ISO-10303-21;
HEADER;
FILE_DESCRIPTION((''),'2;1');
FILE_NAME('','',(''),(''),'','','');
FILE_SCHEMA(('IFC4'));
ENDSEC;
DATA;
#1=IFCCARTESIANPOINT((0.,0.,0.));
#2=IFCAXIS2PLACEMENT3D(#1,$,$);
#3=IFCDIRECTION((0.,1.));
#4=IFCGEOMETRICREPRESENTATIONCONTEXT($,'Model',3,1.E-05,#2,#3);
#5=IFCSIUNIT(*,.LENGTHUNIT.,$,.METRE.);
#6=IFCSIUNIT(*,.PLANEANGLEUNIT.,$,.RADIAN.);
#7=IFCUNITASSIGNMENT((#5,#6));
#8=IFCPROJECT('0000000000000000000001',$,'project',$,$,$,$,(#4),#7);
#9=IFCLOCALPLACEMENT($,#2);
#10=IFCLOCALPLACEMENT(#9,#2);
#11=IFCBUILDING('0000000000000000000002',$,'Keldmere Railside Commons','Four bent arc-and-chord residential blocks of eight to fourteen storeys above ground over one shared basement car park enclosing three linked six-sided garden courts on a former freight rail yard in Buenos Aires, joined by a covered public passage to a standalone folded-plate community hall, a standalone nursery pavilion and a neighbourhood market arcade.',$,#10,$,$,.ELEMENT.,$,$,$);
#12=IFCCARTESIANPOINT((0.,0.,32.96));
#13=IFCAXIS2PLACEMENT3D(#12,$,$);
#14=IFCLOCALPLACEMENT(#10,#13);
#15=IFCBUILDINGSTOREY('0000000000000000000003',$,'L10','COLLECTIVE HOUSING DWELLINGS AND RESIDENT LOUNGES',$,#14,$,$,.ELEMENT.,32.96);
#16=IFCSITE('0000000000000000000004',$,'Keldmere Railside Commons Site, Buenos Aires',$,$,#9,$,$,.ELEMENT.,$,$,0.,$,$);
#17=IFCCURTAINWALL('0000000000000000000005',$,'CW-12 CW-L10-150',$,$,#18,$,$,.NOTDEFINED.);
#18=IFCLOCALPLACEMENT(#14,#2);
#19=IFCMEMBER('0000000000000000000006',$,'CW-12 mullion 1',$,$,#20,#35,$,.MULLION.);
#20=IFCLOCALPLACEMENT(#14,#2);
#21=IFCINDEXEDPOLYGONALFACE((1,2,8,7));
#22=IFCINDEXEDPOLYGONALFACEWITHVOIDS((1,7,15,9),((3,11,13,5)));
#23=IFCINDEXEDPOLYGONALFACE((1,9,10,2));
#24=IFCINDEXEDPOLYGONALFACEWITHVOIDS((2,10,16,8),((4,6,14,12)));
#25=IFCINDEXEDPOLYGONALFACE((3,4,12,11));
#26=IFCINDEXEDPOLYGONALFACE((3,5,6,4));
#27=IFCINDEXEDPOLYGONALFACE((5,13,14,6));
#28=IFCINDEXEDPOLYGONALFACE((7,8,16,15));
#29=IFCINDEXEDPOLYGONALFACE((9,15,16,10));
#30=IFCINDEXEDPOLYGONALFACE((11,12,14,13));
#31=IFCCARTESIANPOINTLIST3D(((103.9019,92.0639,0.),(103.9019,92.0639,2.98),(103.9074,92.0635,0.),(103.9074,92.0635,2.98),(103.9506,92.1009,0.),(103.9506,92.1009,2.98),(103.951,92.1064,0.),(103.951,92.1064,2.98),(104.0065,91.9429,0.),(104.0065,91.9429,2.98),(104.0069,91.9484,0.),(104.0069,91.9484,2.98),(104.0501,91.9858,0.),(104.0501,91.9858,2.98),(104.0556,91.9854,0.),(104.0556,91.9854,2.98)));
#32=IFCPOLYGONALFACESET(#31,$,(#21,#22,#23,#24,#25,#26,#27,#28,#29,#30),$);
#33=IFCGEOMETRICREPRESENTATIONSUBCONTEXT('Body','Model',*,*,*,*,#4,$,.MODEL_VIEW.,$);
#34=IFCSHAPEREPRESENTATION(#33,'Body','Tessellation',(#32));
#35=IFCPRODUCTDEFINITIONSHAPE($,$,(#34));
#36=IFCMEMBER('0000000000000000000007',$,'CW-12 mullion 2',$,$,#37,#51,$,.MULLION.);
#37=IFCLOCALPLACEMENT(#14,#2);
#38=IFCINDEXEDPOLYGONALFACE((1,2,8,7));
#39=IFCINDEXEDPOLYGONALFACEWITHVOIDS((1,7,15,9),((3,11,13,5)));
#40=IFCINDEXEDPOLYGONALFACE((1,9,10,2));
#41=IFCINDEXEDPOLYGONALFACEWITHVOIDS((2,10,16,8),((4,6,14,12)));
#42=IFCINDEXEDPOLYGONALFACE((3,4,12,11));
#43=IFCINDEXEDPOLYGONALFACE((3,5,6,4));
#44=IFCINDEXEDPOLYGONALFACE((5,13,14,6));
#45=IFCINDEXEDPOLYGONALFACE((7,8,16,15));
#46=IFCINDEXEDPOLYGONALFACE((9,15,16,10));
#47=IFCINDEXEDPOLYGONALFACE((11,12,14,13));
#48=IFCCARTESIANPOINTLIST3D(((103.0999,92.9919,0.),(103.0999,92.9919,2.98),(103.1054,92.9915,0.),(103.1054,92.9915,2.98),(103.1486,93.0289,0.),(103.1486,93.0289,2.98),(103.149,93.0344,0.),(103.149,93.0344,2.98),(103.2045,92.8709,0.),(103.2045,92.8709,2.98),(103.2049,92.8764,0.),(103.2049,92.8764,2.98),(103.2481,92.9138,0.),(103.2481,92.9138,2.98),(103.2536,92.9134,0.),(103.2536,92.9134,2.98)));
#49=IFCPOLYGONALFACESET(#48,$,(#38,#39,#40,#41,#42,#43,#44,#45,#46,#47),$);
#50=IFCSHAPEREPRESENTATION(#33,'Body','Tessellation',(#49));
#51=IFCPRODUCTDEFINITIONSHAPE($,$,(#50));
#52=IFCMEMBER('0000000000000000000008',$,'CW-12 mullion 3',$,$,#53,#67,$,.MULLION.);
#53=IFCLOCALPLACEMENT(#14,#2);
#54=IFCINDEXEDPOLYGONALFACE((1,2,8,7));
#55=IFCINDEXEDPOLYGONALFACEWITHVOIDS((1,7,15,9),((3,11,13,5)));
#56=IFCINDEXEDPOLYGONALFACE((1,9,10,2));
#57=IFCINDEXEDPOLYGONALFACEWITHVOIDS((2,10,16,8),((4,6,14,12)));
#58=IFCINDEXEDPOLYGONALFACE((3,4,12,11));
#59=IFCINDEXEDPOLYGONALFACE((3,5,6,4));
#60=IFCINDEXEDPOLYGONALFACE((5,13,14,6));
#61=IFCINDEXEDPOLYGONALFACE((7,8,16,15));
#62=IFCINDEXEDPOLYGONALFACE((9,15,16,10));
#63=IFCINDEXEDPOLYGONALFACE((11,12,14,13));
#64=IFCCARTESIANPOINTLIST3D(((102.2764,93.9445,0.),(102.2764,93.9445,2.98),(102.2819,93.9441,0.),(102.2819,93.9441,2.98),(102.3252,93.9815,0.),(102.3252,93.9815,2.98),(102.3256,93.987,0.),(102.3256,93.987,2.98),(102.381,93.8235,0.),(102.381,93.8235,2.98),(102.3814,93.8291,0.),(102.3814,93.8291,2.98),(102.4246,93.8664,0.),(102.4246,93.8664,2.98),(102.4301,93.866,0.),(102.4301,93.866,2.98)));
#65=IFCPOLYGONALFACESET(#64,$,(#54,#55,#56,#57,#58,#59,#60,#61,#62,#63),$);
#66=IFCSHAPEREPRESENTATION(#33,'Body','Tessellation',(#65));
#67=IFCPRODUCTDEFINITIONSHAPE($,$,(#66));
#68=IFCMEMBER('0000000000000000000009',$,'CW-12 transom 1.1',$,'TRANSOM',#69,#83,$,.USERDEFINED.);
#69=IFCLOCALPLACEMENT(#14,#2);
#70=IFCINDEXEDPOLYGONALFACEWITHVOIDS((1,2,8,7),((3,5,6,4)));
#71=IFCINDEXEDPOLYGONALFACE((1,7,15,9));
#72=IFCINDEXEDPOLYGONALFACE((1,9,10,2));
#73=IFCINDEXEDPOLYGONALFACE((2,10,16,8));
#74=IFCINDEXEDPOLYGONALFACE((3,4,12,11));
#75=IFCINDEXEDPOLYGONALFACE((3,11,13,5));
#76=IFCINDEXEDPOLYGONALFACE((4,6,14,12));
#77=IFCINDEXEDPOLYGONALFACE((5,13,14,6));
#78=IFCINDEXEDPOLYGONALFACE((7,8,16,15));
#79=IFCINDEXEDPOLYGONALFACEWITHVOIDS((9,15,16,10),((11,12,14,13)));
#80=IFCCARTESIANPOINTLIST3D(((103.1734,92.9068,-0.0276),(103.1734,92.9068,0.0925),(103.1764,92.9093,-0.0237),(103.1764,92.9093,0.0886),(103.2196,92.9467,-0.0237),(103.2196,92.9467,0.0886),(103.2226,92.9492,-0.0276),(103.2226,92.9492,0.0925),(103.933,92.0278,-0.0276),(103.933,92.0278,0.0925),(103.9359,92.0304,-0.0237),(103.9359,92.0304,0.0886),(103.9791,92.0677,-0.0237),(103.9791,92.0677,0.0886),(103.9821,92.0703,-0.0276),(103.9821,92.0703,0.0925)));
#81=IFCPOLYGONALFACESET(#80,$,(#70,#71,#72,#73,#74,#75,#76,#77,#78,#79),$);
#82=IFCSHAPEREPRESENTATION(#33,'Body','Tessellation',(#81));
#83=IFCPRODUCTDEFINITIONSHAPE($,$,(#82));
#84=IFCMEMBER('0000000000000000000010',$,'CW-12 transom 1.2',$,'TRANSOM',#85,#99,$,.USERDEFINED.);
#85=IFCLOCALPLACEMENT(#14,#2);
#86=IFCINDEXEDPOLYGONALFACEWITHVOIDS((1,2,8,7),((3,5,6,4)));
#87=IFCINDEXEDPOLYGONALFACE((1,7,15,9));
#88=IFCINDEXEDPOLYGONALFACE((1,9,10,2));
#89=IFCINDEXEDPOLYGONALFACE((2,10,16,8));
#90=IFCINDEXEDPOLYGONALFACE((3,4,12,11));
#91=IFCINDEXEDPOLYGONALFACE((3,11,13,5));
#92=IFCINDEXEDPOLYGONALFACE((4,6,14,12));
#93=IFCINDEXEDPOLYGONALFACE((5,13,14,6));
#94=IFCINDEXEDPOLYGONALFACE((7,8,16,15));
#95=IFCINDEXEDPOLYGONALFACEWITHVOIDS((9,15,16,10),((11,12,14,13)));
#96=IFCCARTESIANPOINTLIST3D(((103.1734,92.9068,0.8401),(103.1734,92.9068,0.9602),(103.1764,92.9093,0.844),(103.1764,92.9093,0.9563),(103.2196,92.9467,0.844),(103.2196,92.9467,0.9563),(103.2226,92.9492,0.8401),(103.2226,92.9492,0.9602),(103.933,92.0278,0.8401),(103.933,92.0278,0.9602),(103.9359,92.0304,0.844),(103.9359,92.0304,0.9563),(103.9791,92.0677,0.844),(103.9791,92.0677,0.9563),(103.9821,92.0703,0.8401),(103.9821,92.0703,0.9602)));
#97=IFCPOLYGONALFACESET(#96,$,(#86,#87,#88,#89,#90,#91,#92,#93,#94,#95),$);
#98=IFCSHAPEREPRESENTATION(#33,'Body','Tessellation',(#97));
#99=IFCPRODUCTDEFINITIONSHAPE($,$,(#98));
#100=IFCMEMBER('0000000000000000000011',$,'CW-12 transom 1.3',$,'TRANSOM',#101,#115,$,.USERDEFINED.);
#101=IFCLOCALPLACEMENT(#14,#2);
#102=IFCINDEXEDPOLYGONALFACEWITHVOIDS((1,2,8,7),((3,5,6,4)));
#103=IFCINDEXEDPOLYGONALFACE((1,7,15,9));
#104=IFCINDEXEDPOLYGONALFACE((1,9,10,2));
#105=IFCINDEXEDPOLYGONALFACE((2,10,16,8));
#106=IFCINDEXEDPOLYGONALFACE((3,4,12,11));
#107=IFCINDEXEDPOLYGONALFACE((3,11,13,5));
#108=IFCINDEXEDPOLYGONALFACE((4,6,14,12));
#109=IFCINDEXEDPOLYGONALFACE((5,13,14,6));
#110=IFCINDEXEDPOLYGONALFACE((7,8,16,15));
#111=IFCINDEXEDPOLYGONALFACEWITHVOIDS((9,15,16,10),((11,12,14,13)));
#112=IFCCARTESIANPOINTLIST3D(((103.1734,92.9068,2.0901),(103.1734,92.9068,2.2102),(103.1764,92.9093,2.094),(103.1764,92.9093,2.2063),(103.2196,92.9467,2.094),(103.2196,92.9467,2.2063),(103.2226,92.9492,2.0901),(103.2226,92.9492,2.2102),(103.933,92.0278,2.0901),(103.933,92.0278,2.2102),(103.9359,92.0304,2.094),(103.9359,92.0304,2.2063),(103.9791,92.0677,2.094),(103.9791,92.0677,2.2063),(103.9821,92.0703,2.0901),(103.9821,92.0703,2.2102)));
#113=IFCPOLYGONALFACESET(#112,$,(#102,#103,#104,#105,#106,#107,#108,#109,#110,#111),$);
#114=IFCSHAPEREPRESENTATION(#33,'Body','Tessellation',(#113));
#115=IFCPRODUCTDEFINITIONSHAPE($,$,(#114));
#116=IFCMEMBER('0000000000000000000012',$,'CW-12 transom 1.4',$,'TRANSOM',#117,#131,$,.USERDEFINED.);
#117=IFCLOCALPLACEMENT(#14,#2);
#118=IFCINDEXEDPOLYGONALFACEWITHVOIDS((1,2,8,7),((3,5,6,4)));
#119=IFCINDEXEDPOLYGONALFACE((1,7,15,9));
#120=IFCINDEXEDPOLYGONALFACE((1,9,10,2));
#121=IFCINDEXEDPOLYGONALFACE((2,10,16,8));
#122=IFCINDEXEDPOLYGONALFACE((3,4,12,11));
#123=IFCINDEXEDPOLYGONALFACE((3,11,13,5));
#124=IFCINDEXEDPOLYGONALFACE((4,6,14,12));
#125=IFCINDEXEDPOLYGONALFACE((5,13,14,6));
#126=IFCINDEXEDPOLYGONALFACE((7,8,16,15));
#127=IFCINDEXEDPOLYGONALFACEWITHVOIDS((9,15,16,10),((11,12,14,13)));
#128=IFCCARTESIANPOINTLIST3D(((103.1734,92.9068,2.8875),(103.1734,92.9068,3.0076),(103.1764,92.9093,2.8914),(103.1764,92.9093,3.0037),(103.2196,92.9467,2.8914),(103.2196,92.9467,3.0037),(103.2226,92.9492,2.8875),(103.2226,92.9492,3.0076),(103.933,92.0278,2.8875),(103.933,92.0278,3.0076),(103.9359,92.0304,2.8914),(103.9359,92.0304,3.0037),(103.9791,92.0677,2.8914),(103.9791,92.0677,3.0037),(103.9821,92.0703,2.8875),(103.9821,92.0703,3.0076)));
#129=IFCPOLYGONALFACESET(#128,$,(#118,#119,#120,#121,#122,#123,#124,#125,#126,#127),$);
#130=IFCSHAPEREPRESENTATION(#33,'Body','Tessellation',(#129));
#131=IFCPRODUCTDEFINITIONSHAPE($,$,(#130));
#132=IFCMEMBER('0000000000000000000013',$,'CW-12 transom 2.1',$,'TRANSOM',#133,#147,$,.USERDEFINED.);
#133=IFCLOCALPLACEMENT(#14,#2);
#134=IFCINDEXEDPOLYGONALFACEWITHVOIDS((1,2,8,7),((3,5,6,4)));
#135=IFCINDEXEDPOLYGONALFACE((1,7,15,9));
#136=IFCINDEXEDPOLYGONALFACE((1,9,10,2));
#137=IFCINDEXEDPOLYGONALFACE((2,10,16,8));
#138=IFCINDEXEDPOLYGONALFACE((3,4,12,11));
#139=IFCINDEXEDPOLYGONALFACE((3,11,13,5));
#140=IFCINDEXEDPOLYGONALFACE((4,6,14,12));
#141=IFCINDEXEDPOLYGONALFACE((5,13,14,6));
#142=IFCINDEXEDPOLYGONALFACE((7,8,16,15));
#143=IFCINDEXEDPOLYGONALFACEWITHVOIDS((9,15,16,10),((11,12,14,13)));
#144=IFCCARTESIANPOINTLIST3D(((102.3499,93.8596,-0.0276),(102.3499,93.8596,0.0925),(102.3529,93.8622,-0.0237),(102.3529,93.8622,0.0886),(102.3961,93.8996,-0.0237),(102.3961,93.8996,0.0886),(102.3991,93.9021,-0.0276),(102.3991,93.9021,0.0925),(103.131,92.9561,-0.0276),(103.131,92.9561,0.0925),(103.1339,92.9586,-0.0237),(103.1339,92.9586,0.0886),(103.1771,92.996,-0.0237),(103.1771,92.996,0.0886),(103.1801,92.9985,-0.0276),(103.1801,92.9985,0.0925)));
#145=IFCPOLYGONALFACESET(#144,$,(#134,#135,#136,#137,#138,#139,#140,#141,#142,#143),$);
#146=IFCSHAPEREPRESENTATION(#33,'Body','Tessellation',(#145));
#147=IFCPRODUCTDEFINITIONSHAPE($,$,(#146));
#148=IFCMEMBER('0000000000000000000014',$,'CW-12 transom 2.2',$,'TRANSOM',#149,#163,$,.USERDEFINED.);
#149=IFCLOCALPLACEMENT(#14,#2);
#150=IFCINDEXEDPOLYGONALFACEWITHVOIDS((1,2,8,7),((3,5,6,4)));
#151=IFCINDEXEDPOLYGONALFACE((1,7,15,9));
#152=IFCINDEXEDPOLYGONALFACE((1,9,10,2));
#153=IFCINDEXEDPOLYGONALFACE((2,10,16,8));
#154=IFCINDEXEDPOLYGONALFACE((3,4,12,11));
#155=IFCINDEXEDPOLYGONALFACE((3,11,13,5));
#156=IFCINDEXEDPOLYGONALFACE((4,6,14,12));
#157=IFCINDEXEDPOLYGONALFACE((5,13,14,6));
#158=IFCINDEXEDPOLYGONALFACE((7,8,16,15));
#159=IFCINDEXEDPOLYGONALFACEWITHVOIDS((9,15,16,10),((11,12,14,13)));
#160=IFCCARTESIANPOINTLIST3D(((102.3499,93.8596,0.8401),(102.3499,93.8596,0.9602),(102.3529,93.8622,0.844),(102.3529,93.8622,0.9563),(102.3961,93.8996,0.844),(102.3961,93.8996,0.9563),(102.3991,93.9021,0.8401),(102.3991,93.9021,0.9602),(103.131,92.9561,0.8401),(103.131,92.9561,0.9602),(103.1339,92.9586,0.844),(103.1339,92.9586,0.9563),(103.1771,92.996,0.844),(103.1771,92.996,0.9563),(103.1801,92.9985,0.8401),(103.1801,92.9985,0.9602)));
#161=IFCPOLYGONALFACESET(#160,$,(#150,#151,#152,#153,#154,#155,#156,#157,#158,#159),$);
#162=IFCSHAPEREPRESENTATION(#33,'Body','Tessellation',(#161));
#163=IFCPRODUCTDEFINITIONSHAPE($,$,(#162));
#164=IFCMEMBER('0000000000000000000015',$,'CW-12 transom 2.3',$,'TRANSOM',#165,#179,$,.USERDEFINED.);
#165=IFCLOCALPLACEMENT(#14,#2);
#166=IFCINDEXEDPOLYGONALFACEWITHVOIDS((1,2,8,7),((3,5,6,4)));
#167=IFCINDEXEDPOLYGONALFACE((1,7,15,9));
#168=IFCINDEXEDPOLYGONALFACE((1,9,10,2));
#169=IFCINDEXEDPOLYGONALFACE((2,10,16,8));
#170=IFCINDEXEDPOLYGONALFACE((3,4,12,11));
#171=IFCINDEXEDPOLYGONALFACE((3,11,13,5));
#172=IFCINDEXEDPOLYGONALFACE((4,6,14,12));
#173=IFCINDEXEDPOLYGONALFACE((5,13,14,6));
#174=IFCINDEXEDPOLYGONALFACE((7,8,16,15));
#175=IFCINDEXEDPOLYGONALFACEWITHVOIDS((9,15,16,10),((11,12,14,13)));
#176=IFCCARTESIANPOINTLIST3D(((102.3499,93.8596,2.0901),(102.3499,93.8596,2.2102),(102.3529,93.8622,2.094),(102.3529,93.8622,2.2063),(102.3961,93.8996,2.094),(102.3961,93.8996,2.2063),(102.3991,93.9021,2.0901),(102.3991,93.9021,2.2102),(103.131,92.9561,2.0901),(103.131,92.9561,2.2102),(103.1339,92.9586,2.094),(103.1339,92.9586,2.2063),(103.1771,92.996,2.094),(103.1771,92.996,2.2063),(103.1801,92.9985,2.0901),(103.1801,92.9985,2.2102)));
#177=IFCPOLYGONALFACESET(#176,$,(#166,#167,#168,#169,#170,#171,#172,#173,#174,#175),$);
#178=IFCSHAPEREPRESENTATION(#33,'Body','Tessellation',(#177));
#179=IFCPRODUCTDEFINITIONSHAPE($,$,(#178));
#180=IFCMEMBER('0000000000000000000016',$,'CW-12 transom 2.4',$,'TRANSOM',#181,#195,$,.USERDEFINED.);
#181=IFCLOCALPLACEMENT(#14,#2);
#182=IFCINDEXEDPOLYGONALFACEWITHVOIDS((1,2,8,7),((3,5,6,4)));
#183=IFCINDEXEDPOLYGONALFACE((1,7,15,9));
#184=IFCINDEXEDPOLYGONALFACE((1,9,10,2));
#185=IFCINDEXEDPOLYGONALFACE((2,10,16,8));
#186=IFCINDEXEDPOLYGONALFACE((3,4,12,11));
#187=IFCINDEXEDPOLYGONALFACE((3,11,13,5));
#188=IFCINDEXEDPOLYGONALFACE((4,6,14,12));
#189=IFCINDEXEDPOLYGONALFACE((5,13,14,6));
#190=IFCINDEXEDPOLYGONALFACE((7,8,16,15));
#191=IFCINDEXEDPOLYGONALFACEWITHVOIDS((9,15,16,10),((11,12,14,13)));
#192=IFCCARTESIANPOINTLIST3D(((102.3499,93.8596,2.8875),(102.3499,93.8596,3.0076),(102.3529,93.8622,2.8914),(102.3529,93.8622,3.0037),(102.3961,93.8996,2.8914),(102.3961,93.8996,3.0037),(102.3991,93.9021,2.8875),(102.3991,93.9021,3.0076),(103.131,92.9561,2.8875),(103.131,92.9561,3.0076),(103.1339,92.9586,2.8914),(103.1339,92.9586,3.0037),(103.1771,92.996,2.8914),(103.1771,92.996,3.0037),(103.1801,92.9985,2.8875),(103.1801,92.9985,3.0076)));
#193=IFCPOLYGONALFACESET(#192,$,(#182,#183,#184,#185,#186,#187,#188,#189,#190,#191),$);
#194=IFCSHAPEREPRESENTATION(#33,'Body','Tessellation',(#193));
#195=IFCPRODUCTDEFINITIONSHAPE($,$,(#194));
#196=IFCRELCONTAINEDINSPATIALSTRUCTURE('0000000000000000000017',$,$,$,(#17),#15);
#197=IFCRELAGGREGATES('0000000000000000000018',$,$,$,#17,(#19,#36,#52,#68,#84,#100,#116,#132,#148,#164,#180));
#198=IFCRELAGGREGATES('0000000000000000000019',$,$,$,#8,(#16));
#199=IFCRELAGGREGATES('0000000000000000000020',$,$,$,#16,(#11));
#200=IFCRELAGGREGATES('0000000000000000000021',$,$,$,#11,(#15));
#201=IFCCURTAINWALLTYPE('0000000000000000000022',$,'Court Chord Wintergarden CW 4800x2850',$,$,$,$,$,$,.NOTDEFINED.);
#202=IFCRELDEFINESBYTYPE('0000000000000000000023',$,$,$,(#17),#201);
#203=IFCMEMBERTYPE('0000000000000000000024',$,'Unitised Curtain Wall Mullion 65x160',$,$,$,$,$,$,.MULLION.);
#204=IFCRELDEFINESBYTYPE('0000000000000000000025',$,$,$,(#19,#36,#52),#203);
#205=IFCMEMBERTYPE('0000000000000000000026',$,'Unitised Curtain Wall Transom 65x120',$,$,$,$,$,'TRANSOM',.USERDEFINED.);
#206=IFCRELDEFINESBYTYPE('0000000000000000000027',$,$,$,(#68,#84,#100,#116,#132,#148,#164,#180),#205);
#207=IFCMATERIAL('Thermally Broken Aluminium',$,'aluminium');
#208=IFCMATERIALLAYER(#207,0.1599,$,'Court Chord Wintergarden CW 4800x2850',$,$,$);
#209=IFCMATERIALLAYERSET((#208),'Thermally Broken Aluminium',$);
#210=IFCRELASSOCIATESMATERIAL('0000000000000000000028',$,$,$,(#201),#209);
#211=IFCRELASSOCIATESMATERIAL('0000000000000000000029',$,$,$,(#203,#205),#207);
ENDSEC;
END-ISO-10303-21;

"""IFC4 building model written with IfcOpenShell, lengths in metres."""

from ifc_helpers import new_model, si_unit, direction, frame, origin, origin_2d, place, context, subcontext, project, spatial, hollow_rectangle, extrude, material, layer, layer_set, material_profile, profile_set, type_object, element, aggregate, save


model = new_model("IFC4")

# Units and contexts
model_context = context("Model", 3, precision=1e-05, world=origin(), true_north=direction((0.0, 1.0)))
body_context = subcontext(model_context, "Body", "Model", "MODEL_VIEW")
ifc_project = project(units=[si_unit("LENGTHUNIT", "METRE"), si_unit("PLANEANGLEUNIT", "RADIAN")], contexts=[model_context])

# Site, building, storey
site_placement = place(None, origin())
site = spatial("IfcSite", under=ifc_project, at=site_placement, Name="Keldmere Railside Commons Site, Buenos Aires", CompositionType="ELEMENT", RefElevation=0.0)
building_placement = place(site_placement, origin())
building = spatial("IfcBuilding", under=site, at=building_placement, Name="Keldmere Railside Commons", Description="Four bent arc-and-chord residential blocks of eight to fourteen storeys above ground over one shared basement car park enclosing three linked six-sided garden courts on a former freight rail yard in Buenos Aires, joined by a covered public passage to a standalone folded-plate community hall, a standalone nursery pavilion and a neighbourhood market arcade.", CompositionType="ELEMENT")
storey_placement = place(building_placement, frame((0.0, 0.0, 32.96)))
storey = spatial("IfcBuildingStorey", under=building, at=storey_placement, Name="L10", Description="COLLECTIVE HOUSING DWELLINGS AND RESIDENT LOUNGES", CompositionType="ELEMENT", Elevation=32.96)

# Curtain wall, members
ifc_material_1 = material(Name="Thermally Broken Aluminium", Category="aluminium")
ifc_layer_1 = layer(ifc_material_1, 0.1599, Name="Court Chord Wintergarden CW 4800x2850")
ifc_layer_set_1 = layer_set([ifc_layer_1], Name="Thermally Broken Aluminium")
curtain_wall_type = type_object("IfcCurtainWallType", Name="Court Chord Wintergarden CW 4800x2850", PredefinedType="NOTDEFINED", material=ifc_layer_set_1)
curtain_wall_placement = place(storey_placement, origin())
curtain_wall = element("IfcCurtainWall", 1, at=curtain_wall_placement, inside=storey, type_object=curtain_wall_type, Name="CW-12 CW-L10-150", PredefinedType="NOTDEFINED")
ifc_material_profile_1 = material_profile(ifc_material_1, hollow_rectangle(XDim=0.0649, YDim=0.1599, WallThickness=0.0039, at=origin_2d()), Name="ALU-MULL-65x160")
ifc_profile_set_1 = profile_set([ifc_material_profile_1], Name="Thermally Broken Aluminium")
member_type_1 = type_object("IfcMemberType", Name="Unitised Curtain Wall Mullion 65x160", PredefinedType="MULLION", material=ifc_profile_set_1)
member_1_placement = place(storey_placement, frame((103.9788, 92.0247, 0.0), z_axis=(0.0, 0.0, 1.0), x_axis=(-0.756597, -0.653882, 0.0)))
member_1 = element("IfcMember", 2, at=member_1_placement, type_object=member_type_1, Name="CW-12 mullion 1", PredefinedType="MULLION", context=body_context, shape_type="SweptSolid", body=[
    extrude(hollow_rectangle(XDim=0.0649, YDim=0.1599, WallThickness=0.0039, at=origin_2d()), origin(), (0.0, 0.0, 1.0), 2.98),
])
member_2_placement = place(storey_placement, frame((103.1768, 92.9526, 0.0), z_axis=(0.0, 0.0, 1.0), x_axis=(-0.756597, -0.653882, 0.0)))
member_2 = element("IfcMember", 3, at=member_2_placement, type_object=member_type_1, Name="CW-12 mullion 2", PredefinedType="MULLION", context=body_context, shape_type="SweptSolid", body=[
    extrude(hollow_rectangle(XDim=0.0649, YDim=0.1599, WallThickness=0.0039, at=origin_2d()), origin(), (0.0, 0.0, 1.0), 2.98),
])
member_3_placement = place(storey_placement, frame((102.3533, 93.9053, 0.0), z_axis=(0.0, 0.0, 1.0), x_axis=(-0.756597, -0.653882, 0.0)))
member_3 = element("IfcMember", 4, at=member_3_placement, type_object=member_type_1, Name="CW-12 mullion 3", PredefinedType="MULLION", context=body_context, shape_type="SweptSolid", body=[
    extrude(hollow_rectangle(XDim=0.0649, YDim=0.1599, WallThickness=0.0039, at=origin_2d()), origin(), (0.0, 0.0, 1.0), 2.98),
])
ifc_material_profile_2 = material_profile(ifc_material_1, hollow_rectangle(XDim=0.0649, YDim=0.1201, WallThickness=0.0039, at=origin_2d()), Name="ALU-TRAN-65x120")
ifc_profile_set_2 = profile_set([ifc_material_profile_2], Name="Thermally Broken Aluminium")
member_type_2 = type_object("IfcMemberType", Name="Unitised Curtain Wall Transom 65x120", ElementType="TRANSOM", PredefinedType="USERDEFINED", material=ifc_profile_set_2)
member_4_placement = place(storey_placement, frame((103.9575, 92.0491, 0.0325), z_axis=(-0.65385, 0.756624, 0.0), x_axis=(-0.756624, -0.65385, 0.0)))
member_4 = element("IfcMember", 5, at=member_4_placement, type_object=member_type_2, Name="CW-12 transom 1.1", ObjectType="TRANSOM", PredefinedType="USERDEFINED", context=body_context, shape_type="SweptSolid", body=[
    extrude(hollow_rectangle(XDim=0.0649, YDim=0.1201, WallThickness=0.0039, at=origin_2d()), origin(), (0.0, 0.0, 1.0), 1.1616),
])
member_5_placement = place(storey_placement, frame((103.9575, 92.0491, 0.9001), z_axis=(-0.65385, 0.756624, 0.0), x_axis=(-0.756624, -0.65385, 0.0)))
member_5 = element("IfcMember", 6, at=member_5_placement, type_object=member_type_2, Name="CW-12 transom 1.2", ObjectType="TRANSOM", PredefinedType="USERDEFINED", context=body_context, shape_type="SweptSolid", body=[
    extrude(hollow_rectangle(XDim=0.0649, YDim=0.1201, WallThickness=0.0039, at=origin_2d()), origin(), (0.0, 0.0, 1.0), 1.1616),
])
member_6_placement = place(storey_placement, frame((103.9575, 92.0491, 2.1501), z_axis=(-0.65385, 0.756624, 0.0), x_axis=(-0.756624, -0.65385, 0.0)))
member_6 = element("IfcMember", 7, at=member_6_placement, type_object=member_type_2, Name="CW-12 transom 1.3", ObjectType="TRANSOM", PredefinedType="USERDEFINED", context=body_context, shape_type="SweptSolid", body=[
    extrude(hollow_rectangle(XDim=0.0649, YDim=0.1201, WallThickness=0.0039, at=origin_2d()), origin(), (0.0, 0.0, 1.0), 1.1616),
])
member_7_placement = place(storey_placement, frame((103.9575, 92.0491, 2.9475), z_axis=(-0.65385, 0.756624, 0.0), x_axis=(-0.756624, -0.65385, 0.0)))
member_7 = element("IfcMember", 8, at=member_7_placement, type_object=member_type_2, Name="CW-12 transom 1.4", ObjectType="TRANSOM", PredefinedType="USERDEFINED", context=body_context, shape_type="SweptSolid", body=[
    extrude(hollow_rectangle(XDim=0.0649, YDim=0.1201, WallThickness=0.0039, at=origin_2d()), origin(), (0.0, 0.0, 1.0), 1.1616),
])
member_8_placement = place(storey_placement, frame((103.1555, 92.9773, 0.0325), z_axis=(-0.653934, 0.756552, 0.0), x_axis=(-0.756552, -0.653934, 0.0)))
member_8 = element("IfcMember", 9, at=member_8_placement, type_object=member_type_2, Name="CW-12 transom 2.1", ObjectType="TRANSOM", PredefinedType="USERDEFINED", context=body_context, shape_type="SweptSolid", body=[
    extrude(hollow_rectangle(XDim=0.0649, YDim=0.1201, WallThickness=0.0039, at=origin_2d()), origin(), (0.0, 0.0, 1.0), 1.1943),
])
member_9_placement = place(storey_placement, frame((103.1555, 92.9773, 0.9001), z_axis=(-0.653934, 0.756552, 0.0), x_axis=(-0.756552, -0.653934, 0.0)))
member_9 = element("IfcMember", 10, at=member_9_placement, type_object=member_type_2, Name="CW-12 transom 2.2", ObjectType="TRANSOM", PredefinedType="USERDEFINED", context=body_context, shape_type="SweptSolid", body=[
    extrude(hollow_rectangle(XDim=0.0649, YDim=0.1201, WallThickness=0.0039, at=origin_2d()), origin(), (0.0, 0.0, 1.0), 1.1943),
])
member_10_placement = place(storey_placement, frame((103.1555, 92.9773, 2.1501), z_axis=(-0.653934, 0.756552, 0.0), x_axis=(-0.756552, -0.653934, 0.0)))
member_10 = element("IfcMember", 11, at=member_10_placement, type_object=member_type_2, Name="CW-12 transom 2.3", ObjectType="TRANSOM", PredefinedType="USERDEFINED", context=body_context, shape_type="SweptSolid", body=[
    extrude(hollow_rectangle(XDim=0.0649, YDim=0.1201, WallThickness=0.0039, at=origin_2d()), origin(), (0.0, 0.0, 1.0), 1.1943),
])
member_11_placement = place(storey_placement, frame((103.1555, 92.9773, 2.9475), z_axis=(-0.653934, 0.756552, 0.0), x_axis=(-0.756552, -0.653934, 0.0)))
member_11 = element("IfcMember", 12, at=member_11_placement, type_object=member_type_2, Name="CW-12 transom 2.4", ObjectType="TRANSOM", PredefinedType="USERDEFINED", context=body_context, shape_type="SweptSolid", body=[
    extrude(hollow_rectangle(XDim=0.0649, YDim=0.1201, WallThickness=0.0039, at=origin_2d()), origin(), (0.0, 0.0, 1.0), 1.1943),
])
aggregate(curtain_wall, [member_1, member_2, member_3, member_4, member_5, member_6, member_7, member_8, member_9, member_10, member_11])

save(model, "model.ifc")
